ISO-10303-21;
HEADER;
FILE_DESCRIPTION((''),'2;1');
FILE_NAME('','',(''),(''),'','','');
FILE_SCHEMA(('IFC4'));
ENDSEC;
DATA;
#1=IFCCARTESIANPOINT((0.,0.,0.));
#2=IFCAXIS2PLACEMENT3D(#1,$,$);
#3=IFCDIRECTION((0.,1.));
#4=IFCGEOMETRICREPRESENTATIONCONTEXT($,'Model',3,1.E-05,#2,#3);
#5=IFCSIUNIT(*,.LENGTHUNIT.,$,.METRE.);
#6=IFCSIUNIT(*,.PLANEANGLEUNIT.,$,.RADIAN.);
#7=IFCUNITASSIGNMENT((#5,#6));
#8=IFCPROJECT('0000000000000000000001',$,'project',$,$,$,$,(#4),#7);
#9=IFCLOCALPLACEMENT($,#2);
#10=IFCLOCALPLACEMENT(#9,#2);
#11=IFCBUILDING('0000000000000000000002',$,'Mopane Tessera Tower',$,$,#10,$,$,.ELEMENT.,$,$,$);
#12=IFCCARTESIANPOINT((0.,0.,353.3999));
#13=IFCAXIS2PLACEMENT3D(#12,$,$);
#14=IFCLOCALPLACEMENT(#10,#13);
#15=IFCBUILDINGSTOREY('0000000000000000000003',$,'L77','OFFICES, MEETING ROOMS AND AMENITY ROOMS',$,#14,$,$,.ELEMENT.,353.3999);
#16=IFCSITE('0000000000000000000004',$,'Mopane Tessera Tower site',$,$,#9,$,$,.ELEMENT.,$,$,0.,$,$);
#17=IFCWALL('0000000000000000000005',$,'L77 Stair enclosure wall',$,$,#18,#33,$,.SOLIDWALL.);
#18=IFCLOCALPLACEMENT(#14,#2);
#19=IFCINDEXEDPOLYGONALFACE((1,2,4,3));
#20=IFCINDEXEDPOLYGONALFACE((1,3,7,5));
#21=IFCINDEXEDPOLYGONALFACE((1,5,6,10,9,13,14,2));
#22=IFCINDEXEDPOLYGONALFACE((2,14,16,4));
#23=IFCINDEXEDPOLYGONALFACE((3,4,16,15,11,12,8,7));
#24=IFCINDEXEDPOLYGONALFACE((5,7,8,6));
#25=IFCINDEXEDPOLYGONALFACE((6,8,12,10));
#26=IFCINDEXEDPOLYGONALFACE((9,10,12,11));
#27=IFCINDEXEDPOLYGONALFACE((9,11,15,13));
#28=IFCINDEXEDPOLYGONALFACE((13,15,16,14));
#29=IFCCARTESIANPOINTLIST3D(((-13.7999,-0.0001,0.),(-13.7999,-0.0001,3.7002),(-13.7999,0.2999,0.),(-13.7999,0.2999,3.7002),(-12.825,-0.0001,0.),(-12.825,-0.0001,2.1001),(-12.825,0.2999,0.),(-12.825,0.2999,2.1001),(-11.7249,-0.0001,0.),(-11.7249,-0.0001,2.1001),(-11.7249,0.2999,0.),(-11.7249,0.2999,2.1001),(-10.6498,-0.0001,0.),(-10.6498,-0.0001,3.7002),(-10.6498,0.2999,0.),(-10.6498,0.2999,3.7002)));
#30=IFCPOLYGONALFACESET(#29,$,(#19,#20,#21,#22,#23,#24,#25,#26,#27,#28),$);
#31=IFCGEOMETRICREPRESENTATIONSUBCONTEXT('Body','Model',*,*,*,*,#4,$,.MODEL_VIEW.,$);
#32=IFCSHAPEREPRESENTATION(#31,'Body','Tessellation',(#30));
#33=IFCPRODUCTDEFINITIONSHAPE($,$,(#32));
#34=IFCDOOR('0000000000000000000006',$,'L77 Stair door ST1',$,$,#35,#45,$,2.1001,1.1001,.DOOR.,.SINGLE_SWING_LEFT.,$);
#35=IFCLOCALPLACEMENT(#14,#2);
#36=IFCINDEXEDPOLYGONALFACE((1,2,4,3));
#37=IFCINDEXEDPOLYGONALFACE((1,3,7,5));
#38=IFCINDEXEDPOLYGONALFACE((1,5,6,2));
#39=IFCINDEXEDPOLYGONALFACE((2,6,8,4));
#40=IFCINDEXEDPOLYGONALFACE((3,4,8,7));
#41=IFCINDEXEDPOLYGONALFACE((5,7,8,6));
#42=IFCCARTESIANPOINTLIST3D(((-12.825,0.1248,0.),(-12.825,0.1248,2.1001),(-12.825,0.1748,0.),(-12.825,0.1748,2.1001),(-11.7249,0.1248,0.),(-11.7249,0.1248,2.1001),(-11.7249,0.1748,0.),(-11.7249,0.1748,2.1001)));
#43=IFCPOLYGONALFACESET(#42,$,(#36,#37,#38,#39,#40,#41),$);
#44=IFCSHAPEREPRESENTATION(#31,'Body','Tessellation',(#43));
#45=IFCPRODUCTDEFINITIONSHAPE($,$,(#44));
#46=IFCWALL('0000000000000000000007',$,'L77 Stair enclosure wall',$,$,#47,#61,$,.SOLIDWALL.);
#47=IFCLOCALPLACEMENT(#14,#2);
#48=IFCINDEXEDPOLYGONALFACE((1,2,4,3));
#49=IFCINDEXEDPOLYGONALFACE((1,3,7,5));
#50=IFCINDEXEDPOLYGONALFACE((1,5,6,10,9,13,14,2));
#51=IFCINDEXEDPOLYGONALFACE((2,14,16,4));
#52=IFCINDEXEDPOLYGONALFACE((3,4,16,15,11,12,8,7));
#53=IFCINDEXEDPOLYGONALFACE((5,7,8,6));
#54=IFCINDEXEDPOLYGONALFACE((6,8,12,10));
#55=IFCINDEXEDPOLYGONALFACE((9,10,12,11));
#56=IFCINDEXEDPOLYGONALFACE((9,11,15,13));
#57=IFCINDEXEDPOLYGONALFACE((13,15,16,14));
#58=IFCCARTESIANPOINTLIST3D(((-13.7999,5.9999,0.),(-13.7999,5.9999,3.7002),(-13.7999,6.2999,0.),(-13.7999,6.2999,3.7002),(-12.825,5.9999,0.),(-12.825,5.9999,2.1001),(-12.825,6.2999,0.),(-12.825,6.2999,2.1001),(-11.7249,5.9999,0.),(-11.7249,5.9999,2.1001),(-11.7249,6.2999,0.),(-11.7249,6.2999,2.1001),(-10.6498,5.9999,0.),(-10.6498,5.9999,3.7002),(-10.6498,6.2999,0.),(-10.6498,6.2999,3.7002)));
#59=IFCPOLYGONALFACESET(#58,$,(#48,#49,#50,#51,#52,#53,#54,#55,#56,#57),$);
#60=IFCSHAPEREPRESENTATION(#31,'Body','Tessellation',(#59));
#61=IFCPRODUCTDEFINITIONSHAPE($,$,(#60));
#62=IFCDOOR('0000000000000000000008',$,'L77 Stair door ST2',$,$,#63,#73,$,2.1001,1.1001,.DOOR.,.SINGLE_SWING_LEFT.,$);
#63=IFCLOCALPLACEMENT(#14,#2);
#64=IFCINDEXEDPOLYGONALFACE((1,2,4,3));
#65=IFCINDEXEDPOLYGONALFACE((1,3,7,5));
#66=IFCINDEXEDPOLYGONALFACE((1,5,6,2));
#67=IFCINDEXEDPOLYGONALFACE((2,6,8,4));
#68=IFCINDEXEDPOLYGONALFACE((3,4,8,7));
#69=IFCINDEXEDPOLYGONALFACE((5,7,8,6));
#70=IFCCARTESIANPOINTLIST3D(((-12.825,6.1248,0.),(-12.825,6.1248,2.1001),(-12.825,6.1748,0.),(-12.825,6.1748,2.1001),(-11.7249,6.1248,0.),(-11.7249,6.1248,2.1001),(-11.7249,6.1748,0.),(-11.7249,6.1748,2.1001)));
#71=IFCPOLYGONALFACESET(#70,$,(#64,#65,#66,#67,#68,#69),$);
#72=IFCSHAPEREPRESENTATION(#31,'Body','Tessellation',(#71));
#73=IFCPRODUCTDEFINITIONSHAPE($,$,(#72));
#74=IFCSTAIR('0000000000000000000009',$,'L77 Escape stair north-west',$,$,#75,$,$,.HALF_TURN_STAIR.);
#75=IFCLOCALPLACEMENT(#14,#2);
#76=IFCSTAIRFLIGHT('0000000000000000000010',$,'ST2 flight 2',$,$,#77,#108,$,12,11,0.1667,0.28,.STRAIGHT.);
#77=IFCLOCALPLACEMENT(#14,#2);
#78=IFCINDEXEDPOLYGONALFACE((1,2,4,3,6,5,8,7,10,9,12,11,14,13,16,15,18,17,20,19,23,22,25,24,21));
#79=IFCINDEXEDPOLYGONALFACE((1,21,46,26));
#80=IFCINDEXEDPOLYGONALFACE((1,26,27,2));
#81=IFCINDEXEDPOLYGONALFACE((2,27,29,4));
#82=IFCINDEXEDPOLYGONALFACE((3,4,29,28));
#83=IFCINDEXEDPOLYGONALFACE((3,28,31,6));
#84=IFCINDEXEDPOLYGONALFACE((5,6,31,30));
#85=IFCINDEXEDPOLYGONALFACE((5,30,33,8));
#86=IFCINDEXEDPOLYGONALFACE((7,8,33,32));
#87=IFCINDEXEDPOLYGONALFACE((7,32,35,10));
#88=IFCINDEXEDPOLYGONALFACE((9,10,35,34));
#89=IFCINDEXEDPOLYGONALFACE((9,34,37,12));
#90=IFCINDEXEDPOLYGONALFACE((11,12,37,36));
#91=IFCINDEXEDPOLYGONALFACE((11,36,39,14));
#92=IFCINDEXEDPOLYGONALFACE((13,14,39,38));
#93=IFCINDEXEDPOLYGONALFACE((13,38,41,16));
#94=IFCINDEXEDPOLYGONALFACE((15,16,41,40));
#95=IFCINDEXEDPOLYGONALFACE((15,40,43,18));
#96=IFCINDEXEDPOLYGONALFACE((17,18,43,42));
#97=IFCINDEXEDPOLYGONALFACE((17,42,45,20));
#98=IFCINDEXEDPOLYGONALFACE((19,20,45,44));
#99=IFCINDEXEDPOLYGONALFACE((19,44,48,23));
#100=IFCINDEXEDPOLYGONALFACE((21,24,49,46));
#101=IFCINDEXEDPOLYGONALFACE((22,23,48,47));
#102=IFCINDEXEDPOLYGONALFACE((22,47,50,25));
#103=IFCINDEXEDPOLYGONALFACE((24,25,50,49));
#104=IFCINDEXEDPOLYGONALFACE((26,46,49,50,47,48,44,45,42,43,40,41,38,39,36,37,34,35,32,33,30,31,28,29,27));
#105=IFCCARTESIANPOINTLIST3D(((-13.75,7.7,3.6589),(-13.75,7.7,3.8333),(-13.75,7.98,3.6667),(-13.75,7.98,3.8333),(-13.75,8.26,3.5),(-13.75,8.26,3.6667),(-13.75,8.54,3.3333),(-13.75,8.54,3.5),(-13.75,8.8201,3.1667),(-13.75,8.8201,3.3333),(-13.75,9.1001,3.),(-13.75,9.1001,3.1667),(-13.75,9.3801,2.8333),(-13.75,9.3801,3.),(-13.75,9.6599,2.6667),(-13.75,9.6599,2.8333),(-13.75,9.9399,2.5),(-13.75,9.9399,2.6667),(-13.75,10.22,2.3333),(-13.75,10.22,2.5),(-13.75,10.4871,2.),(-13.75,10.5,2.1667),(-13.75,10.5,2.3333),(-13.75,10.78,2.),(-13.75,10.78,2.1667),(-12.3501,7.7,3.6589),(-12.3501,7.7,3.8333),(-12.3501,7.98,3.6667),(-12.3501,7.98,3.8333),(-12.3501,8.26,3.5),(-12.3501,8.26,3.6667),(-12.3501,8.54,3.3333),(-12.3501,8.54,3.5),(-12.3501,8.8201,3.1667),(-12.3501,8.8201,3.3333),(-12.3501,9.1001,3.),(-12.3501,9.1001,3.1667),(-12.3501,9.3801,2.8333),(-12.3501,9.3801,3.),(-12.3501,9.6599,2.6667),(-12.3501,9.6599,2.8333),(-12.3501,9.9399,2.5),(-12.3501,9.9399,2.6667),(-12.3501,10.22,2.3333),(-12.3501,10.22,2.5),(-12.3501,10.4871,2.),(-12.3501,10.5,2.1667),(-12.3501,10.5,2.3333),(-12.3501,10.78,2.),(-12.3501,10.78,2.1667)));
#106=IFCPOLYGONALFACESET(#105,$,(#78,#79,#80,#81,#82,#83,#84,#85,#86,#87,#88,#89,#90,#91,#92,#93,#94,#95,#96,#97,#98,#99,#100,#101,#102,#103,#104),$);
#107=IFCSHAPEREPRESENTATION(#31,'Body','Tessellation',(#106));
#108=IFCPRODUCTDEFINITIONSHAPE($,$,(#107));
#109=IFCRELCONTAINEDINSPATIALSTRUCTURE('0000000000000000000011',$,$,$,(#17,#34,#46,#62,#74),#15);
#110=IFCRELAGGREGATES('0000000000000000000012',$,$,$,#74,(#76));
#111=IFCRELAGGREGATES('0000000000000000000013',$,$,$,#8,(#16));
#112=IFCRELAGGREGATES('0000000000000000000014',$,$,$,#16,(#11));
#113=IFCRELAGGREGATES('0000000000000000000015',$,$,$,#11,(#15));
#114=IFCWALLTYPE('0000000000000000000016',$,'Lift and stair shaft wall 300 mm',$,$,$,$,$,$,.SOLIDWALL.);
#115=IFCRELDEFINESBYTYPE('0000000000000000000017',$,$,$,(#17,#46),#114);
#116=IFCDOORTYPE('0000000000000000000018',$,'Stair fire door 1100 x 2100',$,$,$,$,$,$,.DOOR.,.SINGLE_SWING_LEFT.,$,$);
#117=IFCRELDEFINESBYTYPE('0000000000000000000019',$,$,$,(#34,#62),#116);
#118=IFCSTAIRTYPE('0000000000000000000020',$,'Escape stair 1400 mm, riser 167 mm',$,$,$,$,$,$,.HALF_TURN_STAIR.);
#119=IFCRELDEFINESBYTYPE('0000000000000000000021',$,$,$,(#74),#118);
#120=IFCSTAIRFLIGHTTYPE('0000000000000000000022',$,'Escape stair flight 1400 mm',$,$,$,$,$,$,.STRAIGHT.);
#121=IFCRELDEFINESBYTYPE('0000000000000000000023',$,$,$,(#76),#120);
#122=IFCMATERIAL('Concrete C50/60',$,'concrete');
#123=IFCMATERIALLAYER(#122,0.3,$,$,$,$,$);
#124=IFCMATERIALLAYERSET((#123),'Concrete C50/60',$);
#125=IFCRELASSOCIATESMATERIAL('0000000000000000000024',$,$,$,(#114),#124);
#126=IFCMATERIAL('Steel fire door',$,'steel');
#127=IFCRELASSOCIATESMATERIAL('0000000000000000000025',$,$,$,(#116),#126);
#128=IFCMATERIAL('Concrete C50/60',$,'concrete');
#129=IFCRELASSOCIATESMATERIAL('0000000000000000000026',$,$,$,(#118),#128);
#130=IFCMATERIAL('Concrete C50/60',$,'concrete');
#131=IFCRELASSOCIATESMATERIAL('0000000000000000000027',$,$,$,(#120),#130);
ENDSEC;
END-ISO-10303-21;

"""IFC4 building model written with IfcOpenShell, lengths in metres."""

from ifc_helpers import new_model, si_unit, direction, frame, frame_2d, origin, place, context, subcontext, project, spatial, polyline, rectangle, outline, extrude, material, layer, layer_set, type_object, element, fill, aggregate, save


model = new_model("IFC4")

# Units and contexts
model_context = context("Model", 3, precision=1e-05, world=origin(), true_north=direction((0.0, 1.0)))
body_context = subcontext(model_context, "Body", "Model", "MODEL_VIEW")
ifc_project = project(units=[si_unit("LENGTHUNIT", "METRE"), si_unit("PLANEANGLEUNIT", "RADIAN")], contexts=[model_context])

# Site, building, storey
site_placement = place(None, origin())
site = spatial("IfcSite", under=ifc_project, at=site_placement, Name="Mopane Tessera Tower site", CompositionType="ELEMENT", RefElevation=0.0)
building_placement = place(site_placement, origin())
building = spatial("IfcBuilding", under=site, at=building_placement, Name="Mopane Tessera Tower", CompositionType="ELEMENT")
storey_placement = place(building_placement, frame((0.0, 0.0, 353.3999)))
storey = spatial("IfcBuildingStorey", under=building, at=storey_placement, Name="L77", Description="OFFICES, MEETING ROOMS AND AMENITY ROOMS", CompositionType="ELEMENT", Elevation=353.3999)

# Walls, openings, doors
ifc_material_1 = material(Name="Concrete C50/60", Category="concrete")
ifc_layer_1 = layer(ifc_material_1, 0.3)
ifc_layer_set_1 = layer_set([ifc_layer_1], Name="Concrete C50/60")
wall_type_1 = type_object("IfcWallType", Name="Lift and stair shaft wall 300 mm", PredefinedType="SOLIDWALL", material=ifc_layer_set_1)
wall_1_placement = place(storey_placement, frame((-13.8, 0.1499, 0.0), z_axis=(0.0, 0.0, 1.0), x_axis=(1.0, 0.0, 0.0)))
wall_1 = element("IfcWall", 1, at=wall_1_placement, inside=storey, type_object=wall_type_1, Name="L77 Stair enclosure wall", PredefinedType="SOLIDWALL", context=body_context, shape_type="SweptSolid", body=[
    extrude(rectangle(XDim=3.1501, YDim=0.3, at=frame_2d((1.5752, 0.0))), origin(), (0.0, 0.0, 1.0), 3.7002),
])
opening_1_placement = place(wall_1_placement, frame((0.9751, 0.0, 0.0)))
opening_1 = element("IfcOpeningElement", 2, at=opening_1_placement, cuts=wall_1, PredefinedType="OPENING", context=body_context, shape_type="SweptSolid", body=[
    extrude(rectangle(XDim=1.1001, YDim=2.1001, at=frame_2d((0.55, 1.05))), frame((0.0, 0.1621, 0.0), z_axis=(0.0, -1.0, 0.0), x_axis=(1.0, 0.0, 0.0)), (0.0, 0.0, 1.0), 0.324),
])
ifc_material_2 = material(Name="Steel fire door", Category="steel")
door_type_1 = type_object("IfcDoorType", Name="Stair fire door 1100 x 2100", OperationType="SINGLE_SWING_LEFT", PredefinedType="DOOR", material=ifc_material_2)
door_1_placement = place(opening_1_placement, origin())
door_1 = element("IfcDoor", 3, at=door_1_placement, inside=storey, type_object=door_type_1, Name="L77 Stair door ST1", OperationType="SINGLE_SWING_LEFT", OverallHeight=2.1001, OverallWidth=1.1001, PredefinedType="DOOR", context=body_context, shape_type="SweptSolid", body=[
    extrude(rectangle(XDim=1.1001, YDim=2.1001, at=frame_2d((0.55, 1.05))), frame((0.0, 0.0249, 0.0), z_axis=(0.0, -1.0, 0.0), x_axis=(1.0, 0.0, 0.0)), (0.0, 0.0, 1.0), 0.05),
])
fill(opening_1, door_1)
wall_2_placement = place(storey_placement, frame((-13.8, 6.1499, 0.0), z_axis=(0.0, 0.0, 1.0), x_axis=(1.0, 0.0, 0.0)))
wall_2 = element("IfcWall", 4, at=wall_2_placement, inside=storey, type_object=wall_type_1, Name="L77 Stair enclosure wall", PredefinedType="SOLIDWALL", context=body_context, shape_type="SweptSolid", body=[
    extrude(rectangle(XDim=3.1501, YDim=0.3, at=frame_2d((1.5752, 0.0))), origin(), (0.0, 0.0, 1.0), 3.7002),
])
opening_2_placement = place(wall_2_placement, frame((0.9751, 0.0, 0.0)))
opening_2 = element("IfcOpeningElement", 5, at=opening_2_placement, cuts=wall_2, PredefinedType="OPENING", context=body_context, shape_type="SweptSolid", body=[
    extrude(rectangle(XDim=1.1001, YDim=2.1001, at=frame_2d((0.55, 1.05))), frame((0.0, 0.1621, 0.0), z_axis=(0.0, -1.0, 0.0), x_axis=(1.0, 0.0, 0.0)), (0.0, 0.0, 1.0), 0.324),
])
door_2_placement = place(opening_2_placement, origin())
door_2 = element("IfcDoor", 6, at=door_2_placement, inside=storey, type_object=door_type_1, Name="L77 Stair door ST2", OperationType="SINGLE_SWING_LEFT", OverallHeight=2.1001, OverallWidth=1.1001, PredefinedType="DOOR", context=body_context, shape_type="SweptSolid", body=[
    extrude(rectangle(XDim=1.1001, YDim=2.1001, at=frame_2d((0.55, 1.05))), frame((0.0, 0.0249, 0.0), z_axis=(0.0, -1.0, 0.0), x_axis=(1.0, 0.0, 0.0)), (0.0, 0.0, 1.0), 0.05),
])
fill(opening_2, door_2)

# Stair, stair flight
ifc_material_3 = material(Name="Concrete C50/60", Category="concrete")
stair_type = type_object("IfcStairType", Name="Escape stair 1400 mm, riser 167 mm", PredefinedType="HALF_TURN_STAIR", material=ifc_material_3)
stair_placement = place(storey_placement, origin())
stair = element("IfcStair", 7, at=stair_placement, inside=storey, type_object=stair_type, Name="L77 Escape stair north-west", PredefinedType="HALF_TURN_STAIR")
ifc_material_4 = material(Name="Concrete C50/60", Category="concrete")
stair_flight_type = type_object("IfcStairFlightType", Name="Escape stair flight 1400 mm", PredefinedType="STRAIGHT", material=ifc_material_4)
stair_flight_placement = place(storey_placement, frame((-13.05, 10.78, 2.0), z_axis=(0.0, 0.0, 1.0), x_axis=(0.0, -1.0, 0.0)))
stair_flight = element("IfcStairFlight", 8, at=stair_flight_placement, type_object=stair_flight_type, Name="ST2 flight 2", NumberOfRisers=12, NumberOfTreads=11, PredefinedType="STRAIGHT", RiserHeight=0.1667, TreadLength=0.28, context=body_context, shape_type="SweptSolid", body=[
    extrude(outline(polyline([(0.0, 0.0), (0.0, 0.1667), (0.28, 0.1667), (0.28, 0.3333), (0.5601, 0.3333), (0.5601, 0.5), (0.8401, 0.5), (0.8401, 0.6667), (1.1201, 0.6667), (1.1201, 0.8333), (1.3999, 0.8333), (1.3999, 1.0), (1.6799, 1.0), (1.6799, 1.1667), (1.96, 1.1667), (1.96, 1.3333), (2.24, 1.3333), (2.24, 1.5), (2.52, 1.5), (2.52, 1.6667), (2.8, 1.6667), (2.8, 1.8333), (3.0801, 1.8333), (3.0801, 2.0), (3.0801, 1.6589), (0.293, 0.0), (0.0, 0.0)])), frame((0.0, 0.7, 0.0), z_axis=(0.0, -1.0, 0.0), x_axis=(1.0, 0.0, 0.0)), (0.0, 0.0, 1.0), 1.3999),
])
aggregate(stair, [stair_flight])

save(model, "model.ifc")
